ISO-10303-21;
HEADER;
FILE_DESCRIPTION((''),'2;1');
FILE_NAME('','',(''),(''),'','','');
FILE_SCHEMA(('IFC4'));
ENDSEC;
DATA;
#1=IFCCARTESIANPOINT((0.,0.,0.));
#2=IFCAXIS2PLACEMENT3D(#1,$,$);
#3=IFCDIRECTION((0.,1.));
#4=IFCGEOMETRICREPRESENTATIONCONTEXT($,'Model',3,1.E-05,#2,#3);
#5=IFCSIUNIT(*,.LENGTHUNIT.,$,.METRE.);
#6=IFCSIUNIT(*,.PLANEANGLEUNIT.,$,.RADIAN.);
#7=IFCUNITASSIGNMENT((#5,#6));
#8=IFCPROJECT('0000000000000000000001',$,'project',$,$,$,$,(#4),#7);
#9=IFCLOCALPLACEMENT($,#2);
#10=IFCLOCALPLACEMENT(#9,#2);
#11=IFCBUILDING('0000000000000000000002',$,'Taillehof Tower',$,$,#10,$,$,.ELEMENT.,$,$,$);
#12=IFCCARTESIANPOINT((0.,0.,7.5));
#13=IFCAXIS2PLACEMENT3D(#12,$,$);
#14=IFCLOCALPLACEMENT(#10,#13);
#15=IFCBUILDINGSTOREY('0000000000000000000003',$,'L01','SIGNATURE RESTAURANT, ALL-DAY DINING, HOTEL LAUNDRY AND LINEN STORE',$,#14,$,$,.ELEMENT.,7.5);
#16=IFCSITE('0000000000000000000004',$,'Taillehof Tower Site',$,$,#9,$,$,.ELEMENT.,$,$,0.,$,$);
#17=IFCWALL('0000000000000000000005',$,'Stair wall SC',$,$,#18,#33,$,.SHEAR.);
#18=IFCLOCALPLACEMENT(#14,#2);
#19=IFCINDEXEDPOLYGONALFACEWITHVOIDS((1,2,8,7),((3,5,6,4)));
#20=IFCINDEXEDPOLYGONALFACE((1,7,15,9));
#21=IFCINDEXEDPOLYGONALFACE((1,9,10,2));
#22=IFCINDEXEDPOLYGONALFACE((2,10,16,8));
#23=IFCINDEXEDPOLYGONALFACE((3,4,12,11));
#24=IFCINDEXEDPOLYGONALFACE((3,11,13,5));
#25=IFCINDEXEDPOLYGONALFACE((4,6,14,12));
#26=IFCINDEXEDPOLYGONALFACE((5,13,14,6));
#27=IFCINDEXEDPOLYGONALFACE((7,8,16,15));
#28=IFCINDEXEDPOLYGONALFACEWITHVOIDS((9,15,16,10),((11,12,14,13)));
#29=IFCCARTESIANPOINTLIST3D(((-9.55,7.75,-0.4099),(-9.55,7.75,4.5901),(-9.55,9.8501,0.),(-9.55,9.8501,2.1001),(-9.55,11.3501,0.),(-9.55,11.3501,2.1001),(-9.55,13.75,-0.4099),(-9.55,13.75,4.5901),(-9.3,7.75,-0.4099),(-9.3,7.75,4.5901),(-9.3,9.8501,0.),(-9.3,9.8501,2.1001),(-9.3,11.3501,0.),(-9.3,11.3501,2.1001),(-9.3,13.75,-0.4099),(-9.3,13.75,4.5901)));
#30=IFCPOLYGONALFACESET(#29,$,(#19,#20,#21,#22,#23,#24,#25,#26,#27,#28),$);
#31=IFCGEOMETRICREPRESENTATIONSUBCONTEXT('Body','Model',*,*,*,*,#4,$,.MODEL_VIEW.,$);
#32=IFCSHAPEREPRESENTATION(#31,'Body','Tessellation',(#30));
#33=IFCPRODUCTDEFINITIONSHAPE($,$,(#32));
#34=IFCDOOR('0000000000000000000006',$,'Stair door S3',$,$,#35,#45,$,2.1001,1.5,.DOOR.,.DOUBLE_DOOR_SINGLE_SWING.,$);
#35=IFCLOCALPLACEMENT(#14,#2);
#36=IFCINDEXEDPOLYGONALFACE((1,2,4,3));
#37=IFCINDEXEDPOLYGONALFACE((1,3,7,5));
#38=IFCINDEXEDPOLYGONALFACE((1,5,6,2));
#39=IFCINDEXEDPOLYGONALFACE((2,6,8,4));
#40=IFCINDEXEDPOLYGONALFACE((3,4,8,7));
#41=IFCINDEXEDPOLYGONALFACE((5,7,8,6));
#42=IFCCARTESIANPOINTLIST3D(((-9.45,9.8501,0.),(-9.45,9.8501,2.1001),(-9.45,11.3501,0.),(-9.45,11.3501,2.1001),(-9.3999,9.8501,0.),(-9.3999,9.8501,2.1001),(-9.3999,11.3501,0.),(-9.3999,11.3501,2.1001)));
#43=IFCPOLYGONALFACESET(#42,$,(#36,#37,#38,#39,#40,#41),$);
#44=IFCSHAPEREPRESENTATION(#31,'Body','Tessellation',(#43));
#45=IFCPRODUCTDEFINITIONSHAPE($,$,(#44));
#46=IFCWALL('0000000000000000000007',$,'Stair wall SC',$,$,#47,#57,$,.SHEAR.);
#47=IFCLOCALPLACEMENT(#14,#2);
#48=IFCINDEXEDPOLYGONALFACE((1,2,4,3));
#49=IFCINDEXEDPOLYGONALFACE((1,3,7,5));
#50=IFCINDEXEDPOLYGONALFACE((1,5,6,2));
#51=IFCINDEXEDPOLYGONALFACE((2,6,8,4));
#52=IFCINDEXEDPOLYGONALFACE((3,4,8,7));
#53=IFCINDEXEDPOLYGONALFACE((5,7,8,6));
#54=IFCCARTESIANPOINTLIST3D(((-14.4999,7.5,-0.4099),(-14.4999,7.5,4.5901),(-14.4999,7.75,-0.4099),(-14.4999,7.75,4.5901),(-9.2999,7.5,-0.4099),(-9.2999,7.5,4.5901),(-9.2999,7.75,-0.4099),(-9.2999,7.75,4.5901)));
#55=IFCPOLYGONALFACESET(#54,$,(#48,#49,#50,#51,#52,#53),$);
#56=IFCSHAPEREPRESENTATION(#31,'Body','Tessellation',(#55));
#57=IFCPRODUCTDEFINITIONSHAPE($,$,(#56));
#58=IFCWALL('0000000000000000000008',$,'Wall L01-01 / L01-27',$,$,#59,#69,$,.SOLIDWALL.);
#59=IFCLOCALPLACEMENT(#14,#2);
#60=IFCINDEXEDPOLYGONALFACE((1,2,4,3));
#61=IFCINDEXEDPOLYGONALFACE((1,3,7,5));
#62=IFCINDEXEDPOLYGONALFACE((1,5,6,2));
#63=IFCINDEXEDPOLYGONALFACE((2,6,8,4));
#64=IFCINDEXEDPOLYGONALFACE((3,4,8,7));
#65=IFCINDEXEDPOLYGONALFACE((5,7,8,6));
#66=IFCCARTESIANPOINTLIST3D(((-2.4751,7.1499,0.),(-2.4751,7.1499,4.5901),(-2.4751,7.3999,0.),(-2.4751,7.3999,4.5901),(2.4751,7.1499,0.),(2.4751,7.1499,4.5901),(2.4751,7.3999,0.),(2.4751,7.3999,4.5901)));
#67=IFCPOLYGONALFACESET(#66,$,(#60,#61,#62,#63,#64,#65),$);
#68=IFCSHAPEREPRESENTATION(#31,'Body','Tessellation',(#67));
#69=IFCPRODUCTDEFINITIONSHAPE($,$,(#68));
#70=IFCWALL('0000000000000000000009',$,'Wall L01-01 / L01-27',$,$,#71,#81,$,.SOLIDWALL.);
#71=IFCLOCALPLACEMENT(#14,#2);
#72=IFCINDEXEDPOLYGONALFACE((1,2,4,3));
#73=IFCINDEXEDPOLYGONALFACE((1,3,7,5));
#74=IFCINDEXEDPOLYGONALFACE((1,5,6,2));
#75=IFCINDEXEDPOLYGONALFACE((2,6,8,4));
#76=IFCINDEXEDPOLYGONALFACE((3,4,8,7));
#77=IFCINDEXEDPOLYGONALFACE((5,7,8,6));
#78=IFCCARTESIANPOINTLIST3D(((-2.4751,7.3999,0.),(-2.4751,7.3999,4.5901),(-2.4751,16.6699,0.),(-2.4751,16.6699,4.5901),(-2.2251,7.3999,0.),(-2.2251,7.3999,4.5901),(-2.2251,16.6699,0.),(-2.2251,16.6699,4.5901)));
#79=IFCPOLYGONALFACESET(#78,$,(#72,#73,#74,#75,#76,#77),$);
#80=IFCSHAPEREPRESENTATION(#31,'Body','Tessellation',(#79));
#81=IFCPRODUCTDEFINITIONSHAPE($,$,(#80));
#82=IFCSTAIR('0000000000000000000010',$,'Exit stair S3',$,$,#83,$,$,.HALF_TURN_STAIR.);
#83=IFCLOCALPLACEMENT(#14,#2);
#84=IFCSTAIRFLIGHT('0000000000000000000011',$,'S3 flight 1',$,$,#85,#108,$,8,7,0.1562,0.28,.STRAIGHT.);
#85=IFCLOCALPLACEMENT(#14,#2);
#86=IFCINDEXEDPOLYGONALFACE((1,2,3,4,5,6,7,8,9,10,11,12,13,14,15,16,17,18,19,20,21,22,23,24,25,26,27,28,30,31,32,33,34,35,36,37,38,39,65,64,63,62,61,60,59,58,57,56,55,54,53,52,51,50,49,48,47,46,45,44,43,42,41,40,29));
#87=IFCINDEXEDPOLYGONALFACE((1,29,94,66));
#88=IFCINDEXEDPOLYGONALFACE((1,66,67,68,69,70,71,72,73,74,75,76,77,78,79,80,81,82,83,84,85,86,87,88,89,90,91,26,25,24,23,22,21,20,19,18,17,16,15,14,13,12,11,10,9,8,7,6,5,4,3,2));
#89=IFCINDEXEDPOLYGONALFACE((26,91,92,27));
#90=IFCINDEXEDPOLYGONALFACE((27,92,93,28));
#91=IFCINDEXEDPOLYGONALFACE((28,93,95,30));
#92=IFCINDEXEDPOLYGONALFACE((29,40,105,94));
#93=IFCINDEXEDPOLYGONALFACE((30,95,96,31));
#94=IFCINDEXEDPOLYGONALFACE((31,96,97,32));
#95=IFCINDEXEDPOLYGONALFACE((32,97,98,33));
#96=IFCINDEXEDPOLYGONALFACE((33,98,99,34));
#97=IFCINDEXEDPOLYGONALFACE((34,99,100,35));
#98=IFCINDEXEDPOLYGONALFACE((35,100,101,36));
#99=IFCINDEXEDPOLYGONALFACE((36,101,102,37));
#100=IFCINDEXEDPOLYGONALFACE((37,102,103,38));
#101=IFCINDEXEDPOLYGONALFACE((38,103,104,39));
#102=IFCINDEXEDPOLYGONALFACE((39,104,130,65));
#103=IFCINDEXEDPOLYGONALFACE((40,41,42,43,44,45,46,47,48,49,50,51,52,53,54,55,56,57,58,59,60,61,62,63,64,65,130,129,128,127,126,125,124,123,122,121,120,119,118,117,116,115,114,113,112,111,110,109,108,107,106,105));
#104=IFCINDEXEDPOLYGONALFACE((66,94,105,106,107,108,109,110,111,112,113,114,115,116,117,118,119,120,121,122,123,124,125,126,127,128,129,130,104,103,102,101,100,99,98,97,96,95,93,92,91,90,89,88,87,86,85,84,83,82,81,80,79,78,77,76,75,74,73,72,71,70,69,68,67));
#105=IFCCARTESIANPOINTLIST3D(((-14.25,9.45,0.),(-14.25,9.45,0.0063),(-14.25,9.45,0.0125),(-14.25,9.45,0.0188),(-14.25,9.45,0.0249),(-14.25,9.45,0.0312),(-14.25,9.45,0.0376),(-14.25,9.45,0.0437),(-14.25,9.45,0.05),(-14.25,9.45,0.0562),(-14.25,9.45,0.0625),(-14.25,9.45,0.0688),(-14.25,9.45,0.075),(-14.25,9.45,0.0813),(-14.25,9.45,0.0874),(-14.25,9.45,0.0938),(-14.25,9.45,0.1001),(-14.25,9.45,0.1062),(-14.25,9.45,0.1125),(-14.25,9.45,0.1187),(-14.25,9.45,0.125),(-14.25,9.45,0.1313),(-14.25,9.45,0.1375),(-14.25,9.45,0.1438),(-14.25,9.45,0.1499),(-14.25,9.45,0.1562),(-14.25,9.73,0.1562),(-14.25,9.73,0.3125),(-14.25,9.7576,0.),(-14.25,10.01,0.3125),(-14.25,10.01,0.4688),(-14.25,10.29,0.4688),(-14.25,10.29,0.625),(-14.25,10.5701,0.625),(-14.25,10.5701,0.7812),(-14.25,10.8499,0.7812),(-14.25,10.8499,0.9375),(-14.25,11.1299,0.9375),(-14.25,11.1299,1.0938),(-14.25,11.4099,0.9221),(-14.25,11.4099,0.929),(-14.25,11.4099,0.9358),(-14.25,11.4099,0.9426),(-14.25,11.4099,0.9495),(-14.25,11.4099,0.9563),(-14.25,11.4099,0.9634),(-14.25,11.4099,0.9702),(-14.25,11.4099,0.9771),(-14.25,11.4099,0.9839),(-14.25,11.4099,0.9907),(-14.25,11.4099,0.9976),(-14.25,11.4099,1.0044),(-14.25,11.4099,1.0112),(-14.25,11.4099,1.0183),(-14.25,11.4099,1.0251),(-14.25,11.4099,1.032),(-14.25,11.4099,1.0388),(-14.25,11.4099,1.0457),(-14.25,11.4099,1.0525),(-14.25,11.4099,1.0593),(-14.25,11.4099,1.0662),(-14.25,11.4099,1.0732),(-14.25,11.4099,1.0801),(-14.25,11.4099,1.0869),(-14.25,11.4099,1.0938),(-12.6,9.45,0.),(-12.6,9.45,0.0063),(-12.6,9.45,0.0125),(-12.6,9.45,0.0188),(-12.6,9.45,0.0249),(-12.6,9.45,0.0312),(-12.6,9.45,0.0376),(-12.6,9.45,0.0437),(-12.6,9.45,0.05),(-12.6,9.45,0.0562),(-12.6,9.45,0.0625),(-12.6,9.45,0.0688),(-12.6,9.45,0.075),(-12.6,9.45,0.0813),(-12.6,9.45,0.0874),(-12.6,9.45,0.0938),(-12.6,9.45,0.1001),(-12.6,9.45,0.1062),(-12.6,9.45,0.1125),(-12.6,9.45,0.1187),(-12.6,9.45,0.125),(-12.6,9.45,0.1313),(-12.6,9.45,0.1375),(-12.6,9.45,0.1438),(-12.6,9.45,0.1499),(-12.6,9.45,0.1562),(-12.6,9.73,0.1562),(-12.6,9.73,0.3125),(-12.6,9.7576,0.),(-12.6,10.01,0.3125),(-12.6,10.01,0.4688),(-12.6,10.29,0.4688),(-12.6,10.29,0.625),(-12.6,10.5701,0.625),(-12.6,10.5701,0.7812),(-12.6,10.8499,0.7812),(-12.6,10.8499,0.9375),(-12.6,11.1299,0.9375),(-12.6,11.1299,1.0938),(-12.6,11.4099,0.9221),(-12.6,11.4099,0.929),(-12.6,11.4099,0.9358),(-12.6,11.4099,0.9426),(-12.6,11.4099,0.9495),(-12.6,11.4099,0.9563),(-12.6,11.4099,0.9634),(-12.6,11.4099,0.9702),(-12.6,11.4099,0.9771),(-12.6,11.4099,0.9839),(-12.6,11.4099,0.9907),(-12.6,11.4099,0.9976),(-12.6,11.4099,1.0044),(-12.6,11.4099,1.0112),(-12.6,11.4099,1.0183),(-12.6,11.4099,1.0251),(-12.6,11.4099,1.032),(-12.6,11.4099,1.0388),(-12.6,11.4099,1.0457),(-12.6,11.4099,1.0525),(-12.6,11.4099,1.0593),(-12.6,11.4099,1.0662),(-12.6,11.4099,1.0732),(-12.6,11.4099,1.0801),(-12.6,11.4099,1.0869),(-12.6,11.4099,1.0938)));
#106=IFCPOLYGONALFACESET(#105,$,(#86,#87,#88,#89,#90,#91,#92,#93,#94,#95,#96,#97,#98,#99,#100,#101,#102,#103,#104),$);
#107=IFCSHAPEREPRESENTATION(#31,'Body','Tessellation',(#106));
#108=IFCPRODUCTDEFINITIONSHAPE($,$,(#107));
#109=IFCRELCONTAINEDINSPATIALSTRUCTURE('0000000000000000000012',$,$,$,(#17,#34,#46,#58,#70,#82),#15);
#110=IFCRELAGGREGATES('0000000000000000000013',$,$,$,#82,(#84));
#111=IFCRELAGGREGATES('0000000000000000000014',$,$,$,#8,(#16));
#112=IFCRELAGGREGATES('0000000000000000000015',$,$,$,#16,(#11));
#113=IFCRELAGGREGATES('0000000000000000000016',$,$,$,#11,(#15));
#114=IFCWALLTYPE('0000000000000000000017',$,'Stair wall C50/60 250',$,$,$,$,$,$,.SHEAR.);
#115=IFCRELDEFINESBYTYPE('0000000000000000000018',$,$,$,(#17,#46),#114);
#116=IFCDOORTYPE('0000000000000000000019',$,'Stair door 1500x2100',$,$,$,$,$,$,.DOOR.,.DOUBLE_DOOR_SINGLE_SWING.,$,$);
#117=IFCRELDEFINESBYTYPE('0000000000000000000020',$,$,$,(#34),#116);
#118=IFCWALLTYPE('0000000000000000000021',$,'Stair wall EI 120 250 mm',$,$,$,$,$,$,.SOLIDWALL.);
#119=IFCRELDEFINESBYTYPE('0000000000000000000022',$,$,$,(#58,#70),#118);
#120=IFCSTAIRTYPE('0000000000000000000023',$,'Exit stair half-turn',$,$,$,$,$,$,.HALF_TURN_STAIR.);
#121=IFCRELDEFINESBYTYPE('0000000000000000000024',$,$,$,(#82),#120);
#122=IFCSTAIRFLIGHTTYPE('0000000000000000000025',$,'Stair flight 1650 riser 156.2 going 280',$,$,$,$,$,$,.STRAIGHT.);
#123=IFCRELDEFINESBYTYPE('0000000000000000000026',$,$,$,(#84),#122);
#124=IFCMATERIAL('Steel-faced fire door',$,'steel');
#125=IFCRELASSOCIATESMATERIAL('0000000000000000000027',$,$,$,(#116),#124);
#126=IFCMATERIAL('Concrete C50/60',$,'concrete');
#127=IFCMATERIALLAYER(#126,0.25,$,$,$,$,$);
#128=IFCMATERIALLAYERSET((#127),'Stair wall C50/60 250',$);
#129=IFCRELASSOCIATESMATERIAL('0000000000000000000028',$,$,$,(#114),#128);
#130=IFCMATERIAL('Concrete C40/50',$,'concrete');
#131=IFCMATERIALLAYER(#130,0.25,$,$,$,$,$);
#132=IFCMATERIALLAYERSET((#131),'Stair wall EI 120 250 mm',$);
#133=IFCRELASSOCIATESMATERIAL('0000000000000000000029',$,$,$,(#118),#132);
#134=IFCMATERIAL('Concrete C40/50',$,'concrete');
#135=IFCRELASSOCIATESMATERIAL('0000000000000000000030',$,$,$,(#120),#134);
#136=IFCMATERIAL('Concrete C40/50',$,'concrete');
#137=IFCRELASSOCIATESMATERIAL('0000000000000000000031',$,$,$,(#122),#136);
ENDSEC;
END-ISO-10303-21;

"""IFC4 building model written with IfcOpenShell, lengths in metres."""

from ifc_helpers import new_model, si_unit, direction, frame, frame_2d, origin, place, context, subcontext, project, spatial, polyline, rectangle, outline, extrude, material, layer, layer_set, type_object, element, fill, aggregate, save


model = new_model("IFC4")

# Units and contexts
model_context = context("Model", 3, precision=1e-05, world=origin(), true_north=direction((0.0, 1.0)))
body_context = subcontext(model_context, "Body", "Model", "MODEL_VIEW")
ifc_project = project(units=[si_unit("LENGTHUNIT", "METRE"), si_unit("PLANEANGLEUNIT", "RADIAN")], contexts=[model_context])

# Site, building, storey
site_placement = place(None, origin())
site = spatial("IfcSite", under=ifc_project, at=site_placement, Name="Taillehof Tower Site", CompositionType="ELEMENT", RefElevation=0.0)
building_placement = place(site_placement, origin())
building = spatial("IfcBuilding", under=site, at=building_placement, Name="Taillehof Tower", CompositionType="ELEMENT")
storey_placement = place(building_placement, frame((0.0, 0.0, 7.5)))
storey = spatial("IfcBuildingStorey", under=building, at=storey_placement, Name="L01", Description="SIGNATURE RESTAURANT, ALL-DAY DINING, HOTEL LAUNDRY AND LINEN STORE", CompositionType="ELEMENT", Elevation=7.5)

# Shared definitions
ifc_material_1 = material(Name="Steel-faced fire door", Category="steel")
door_type = type_object("IfcDoorType", Name="Stair door 1500x2100", OperationType="DOUBLE_DOOR_SINGLE_SWING", PredefinedType="DOOR", material=ifc_material_1)

# Shared definitions
ifc_material_2 = material(Name="Concrete C50/60", Category="concrete")
ifc_layer_1 = layer(ifc_material_2, 0.25)
ifc_layer_set_1 = layer_set([ifc_layer_1], Name="Stair wall C50/60 250")
wall_type_1 = type_object("IfcWallType", Name="Stair wall C50/60 250", PredefinedType="SHEAR", material=ifc_layer_set_1)

# Wall, opening, door
wall_1_placement = place(storey_placement, frame((-9.425, 7.75, -0.4099), z_axis=(0.0, 0.0, 1.0), x_axis=(0.0, 1.0, 0.0)))
wall_1 = element("IfcWall", 1, at=wall_1_placement, inside=storey, type_object=wall_type_1, Name="Stair wall SC", PredefinedType="SHEAR", context=body_context, shape_type="SweptSolid", body=[
    extrude(rectangle(XDim=6.0, YDim=0.25, at=frame_2d((3.0, 0.0))), origin(), (0.0, 0.0, 1.0), 5.0),
])
opening_1_placement = place(wall_1_placement, frame((2.1001, 0.0, 0.4099)))
opening_1 = element("IfcOpeningElement", 2, at=opening_1_placement, cuts=wall_1, PredefinedType="OPENING", context=body_context, shape_type="SweptSolid", body=[
    extrude(rectangle(XDim=1.5, YDim=2.1001, at=frame_2d((0.75, 1.05))), frame((0.0, 0.135, 0.0), z_axis=(0.0, -1.0, 0.0), x_axis=(1.0, 0.0, 0.0)), (0.0, 0.0, 1.0), 0.27),
])
door_1_placement = place(opening_1_placement, origin())
door_1 = element("IfcDoor", 3, at=door_1_placement, inside=storey, type_object=door_type, Name="Stair door S3", OperationType="DOUBLE_DOOR_SINGLE_SWING", OverallHeight=2.1001, OverallWidth=1.5, PredefinedType="DOOR", context=body_context, shape_type="SweptSolid", body=[
    extrude(rectangle(XDim=1.5, YDim=2.1001, at=frame_2d((0.75, 1.05))), frame((0.0, 0.0249, 0.0), z_axis=(0.0, -1.0, 0.0), x_axis=(1.0, 0.0, 0.0)), (0.0, 0.0, 1.0), 0.05),
])
fill(opening_1, door_1)

# Walls
wall_2_placement = place(storey_placement, frame((-14.5, 7.625, -0.4099), z_axis=(0.0, 0.0, 1.0), x_axis=(1.0, 0.0, 0.0)))
element("IfcWall", 4, at=wall_2_placement, inside=storey, type_object=wall_type_1, Name="Stair wall SC", PredefinedType="SHEAR", context=body_context, shape_type="SweptSolid", body=[
    extrude(rectangle(XDim=5.2, YDim=0.25, at=frame_2d((2.6001, 0.0))), origin(), (0.0, 0.0, 1.0), 5.0),
])
ifc_material_3 = material(Name="Concrete C40/50", Category="concrete")
ifc_layer_2 = layer(ifc_material_3, 0.25)
ifc_layer_set_2 = layer_set([ifc_layer_2], Name="Stair wall EI 120 250 mm")
wall_type_2 = type_object("IfcWallType", Name="Stair wall EI 120 250 mm", PredefinedType="SOLIDWALL", material=ifc_layer_set_2)
wall_3_placement = place(storey_placement, frame((-2.4751, 7.2749, 0.0), z_axis=(0.0, 0.0, 1.0), x_axis=(1.0, 0.0, 0.0)))
element("IfcWall", 5, at=wall_3_placement, inside=storey, type_object=wall_type_2, Name="Wall L01-01 / L01-27", PredefinedType="SOLIDWALL", context=body_context, shape_type="SweptSolid", body=[
    extrude(rectangle(XDim=4.9502, YDim=0.25, at=frame_2d((2.4751, 0.0))), origin(), (0.0, 0.0, 1.0), 4.5901),
])
wall_4_placement = place(storey_placement, frame((-2.3501, 7.3999, 0.0), z_axis=(0.0, 0.0, 1.0), x_axis=(0.0, 1.0, 0.0)))
element("IfcWall", 6, at=wall_4_placement, inside=storey, type_object=wall_type_2, Name="Wall L01-01 / L01-27", PredefinedType="SOLIDWALL", context=body_context, shape_type="SweptSolid", body=[
    extrude(rectangle(XDim=9.27, YDim=0.25, at=frame_2d((4.635, 0.0))), origin(), (0.0, 0.0, 1.0), 4.5901),
])

# Stair, stair flight
ifc_material_4 = material(Name="Concrete C40/50", Category="concrete")
stair_type_1 = type_object("IfcStairType", Name="Exit stair half-turn", PredefinedType="HALF_TURN_STAIR", material=ifc_material_4)
stair_1_placement = place(storey_placement, origin())
stair_1 = element("IfcStair", 7, at=stair_1_placement, inside=storey, type_object=stair_type_1, Name="Exit stair S3", PredefinedType="HALF_TURN_STAIR")
ifc_material_5 = material(Name="Concrete C40/50", Category="concrete")
stair_flight_type_1 = type_object("IfcStairFlightType", Name="Stair flight 1650 riser 156.2 going 280", PredefinedType="STRAIGHT", material=ifc_material_5)
stair_flight_1_placement = place(storey_placement, frame((-13.425, 9.45, 0.0), z_axis=(0.0, 0.0, 1.0), x_axis=(0.0, 1.0, 0.0)))
stair_flight_1 = element("IfcStairFlight", 8, at=stair_flight_1_placement, type_object=stair_flight_type_1, Name="S3 flight 1", NumberOfRisers=8, NumberOfTreads=7, PredefinedType="STRAIGHT", RiserHeight=0.1562, TreadLength=0.28, context=body_context, shape_type="SweptSolid", body=[
    extrude(outline(polyline([(0.0, 0.0), (0.0, 0.0063), (0.0, 0.0125), (0.0, 0.0188), (0.0, 0.0249), (0.0, 0.0312), (0.0, 0.0376), (0.0, 0.0437), (0.0, 0.05), (0.0, 0.0562), (0.0, 0.0625), (0.0, 0.0688), (0.0, 0.075), (0.0, 0.0813), (0.0, 0.0874), (0.0, 0.0938), (0.0, 0.1001), (0.0, 0.1062), (0.0, 0.1125), (0.0, 0.1187), (0.0, 0.125), (0.0, 0.1313), (0.0, 0.1375), (0.0, 0.1438), (0.0, 0.1499), (0.0, 0.1562), (0.28, 0.1562), (0.28, 0.3125), (0.5601, 0.3125), (0.5601, 0.4688), (0.8401, 0.4688), (0.8401, 0.625), (1.1201, 0.625), (1.1201, 0.7812), (1.3999, 0.7812), (1.3999, 0.9375), (1.6799, 0.9375), (1.6799, 1.0938), (1.96, 1.0938), (1.96, 1.0869), (1.96, 1.0801), (1.96, 1.0732), (1.96, 1.0662), (1.96, 1.0593), (1.96, 1.0525), (1.96, 1.0457), (1.96, 1.0388), (1.96, 1.032), (1.96, 1.0251), (1.96, 1.0183), (1.96, 1.0112), (1.96, 1.0044), (1.96, 0.9976), (1.96, 0.9907), (1.96, 0.9839), (1.96, 0.9771), (1.96, 0.9702), (1.96, 0.9634), (1.96, 0.9563), (1.96, 0.9495), (1.96, 0.9426), (1.96, 0.9358), (1.96, 0.929), (1.96, 0.9221), (0.3076, 0.0), (0.0, 0.0)])), frame((0.0, 0.825, 0.0), z_axis=(0.0, -1.0, 0.0), x_axis=(1.0, 0.0, 0.0)), (0.0, 0.0, 1.0), 1.65),
])
aggregate(stair_1, [stair_flight_1])

save(model, "model.ifc")
